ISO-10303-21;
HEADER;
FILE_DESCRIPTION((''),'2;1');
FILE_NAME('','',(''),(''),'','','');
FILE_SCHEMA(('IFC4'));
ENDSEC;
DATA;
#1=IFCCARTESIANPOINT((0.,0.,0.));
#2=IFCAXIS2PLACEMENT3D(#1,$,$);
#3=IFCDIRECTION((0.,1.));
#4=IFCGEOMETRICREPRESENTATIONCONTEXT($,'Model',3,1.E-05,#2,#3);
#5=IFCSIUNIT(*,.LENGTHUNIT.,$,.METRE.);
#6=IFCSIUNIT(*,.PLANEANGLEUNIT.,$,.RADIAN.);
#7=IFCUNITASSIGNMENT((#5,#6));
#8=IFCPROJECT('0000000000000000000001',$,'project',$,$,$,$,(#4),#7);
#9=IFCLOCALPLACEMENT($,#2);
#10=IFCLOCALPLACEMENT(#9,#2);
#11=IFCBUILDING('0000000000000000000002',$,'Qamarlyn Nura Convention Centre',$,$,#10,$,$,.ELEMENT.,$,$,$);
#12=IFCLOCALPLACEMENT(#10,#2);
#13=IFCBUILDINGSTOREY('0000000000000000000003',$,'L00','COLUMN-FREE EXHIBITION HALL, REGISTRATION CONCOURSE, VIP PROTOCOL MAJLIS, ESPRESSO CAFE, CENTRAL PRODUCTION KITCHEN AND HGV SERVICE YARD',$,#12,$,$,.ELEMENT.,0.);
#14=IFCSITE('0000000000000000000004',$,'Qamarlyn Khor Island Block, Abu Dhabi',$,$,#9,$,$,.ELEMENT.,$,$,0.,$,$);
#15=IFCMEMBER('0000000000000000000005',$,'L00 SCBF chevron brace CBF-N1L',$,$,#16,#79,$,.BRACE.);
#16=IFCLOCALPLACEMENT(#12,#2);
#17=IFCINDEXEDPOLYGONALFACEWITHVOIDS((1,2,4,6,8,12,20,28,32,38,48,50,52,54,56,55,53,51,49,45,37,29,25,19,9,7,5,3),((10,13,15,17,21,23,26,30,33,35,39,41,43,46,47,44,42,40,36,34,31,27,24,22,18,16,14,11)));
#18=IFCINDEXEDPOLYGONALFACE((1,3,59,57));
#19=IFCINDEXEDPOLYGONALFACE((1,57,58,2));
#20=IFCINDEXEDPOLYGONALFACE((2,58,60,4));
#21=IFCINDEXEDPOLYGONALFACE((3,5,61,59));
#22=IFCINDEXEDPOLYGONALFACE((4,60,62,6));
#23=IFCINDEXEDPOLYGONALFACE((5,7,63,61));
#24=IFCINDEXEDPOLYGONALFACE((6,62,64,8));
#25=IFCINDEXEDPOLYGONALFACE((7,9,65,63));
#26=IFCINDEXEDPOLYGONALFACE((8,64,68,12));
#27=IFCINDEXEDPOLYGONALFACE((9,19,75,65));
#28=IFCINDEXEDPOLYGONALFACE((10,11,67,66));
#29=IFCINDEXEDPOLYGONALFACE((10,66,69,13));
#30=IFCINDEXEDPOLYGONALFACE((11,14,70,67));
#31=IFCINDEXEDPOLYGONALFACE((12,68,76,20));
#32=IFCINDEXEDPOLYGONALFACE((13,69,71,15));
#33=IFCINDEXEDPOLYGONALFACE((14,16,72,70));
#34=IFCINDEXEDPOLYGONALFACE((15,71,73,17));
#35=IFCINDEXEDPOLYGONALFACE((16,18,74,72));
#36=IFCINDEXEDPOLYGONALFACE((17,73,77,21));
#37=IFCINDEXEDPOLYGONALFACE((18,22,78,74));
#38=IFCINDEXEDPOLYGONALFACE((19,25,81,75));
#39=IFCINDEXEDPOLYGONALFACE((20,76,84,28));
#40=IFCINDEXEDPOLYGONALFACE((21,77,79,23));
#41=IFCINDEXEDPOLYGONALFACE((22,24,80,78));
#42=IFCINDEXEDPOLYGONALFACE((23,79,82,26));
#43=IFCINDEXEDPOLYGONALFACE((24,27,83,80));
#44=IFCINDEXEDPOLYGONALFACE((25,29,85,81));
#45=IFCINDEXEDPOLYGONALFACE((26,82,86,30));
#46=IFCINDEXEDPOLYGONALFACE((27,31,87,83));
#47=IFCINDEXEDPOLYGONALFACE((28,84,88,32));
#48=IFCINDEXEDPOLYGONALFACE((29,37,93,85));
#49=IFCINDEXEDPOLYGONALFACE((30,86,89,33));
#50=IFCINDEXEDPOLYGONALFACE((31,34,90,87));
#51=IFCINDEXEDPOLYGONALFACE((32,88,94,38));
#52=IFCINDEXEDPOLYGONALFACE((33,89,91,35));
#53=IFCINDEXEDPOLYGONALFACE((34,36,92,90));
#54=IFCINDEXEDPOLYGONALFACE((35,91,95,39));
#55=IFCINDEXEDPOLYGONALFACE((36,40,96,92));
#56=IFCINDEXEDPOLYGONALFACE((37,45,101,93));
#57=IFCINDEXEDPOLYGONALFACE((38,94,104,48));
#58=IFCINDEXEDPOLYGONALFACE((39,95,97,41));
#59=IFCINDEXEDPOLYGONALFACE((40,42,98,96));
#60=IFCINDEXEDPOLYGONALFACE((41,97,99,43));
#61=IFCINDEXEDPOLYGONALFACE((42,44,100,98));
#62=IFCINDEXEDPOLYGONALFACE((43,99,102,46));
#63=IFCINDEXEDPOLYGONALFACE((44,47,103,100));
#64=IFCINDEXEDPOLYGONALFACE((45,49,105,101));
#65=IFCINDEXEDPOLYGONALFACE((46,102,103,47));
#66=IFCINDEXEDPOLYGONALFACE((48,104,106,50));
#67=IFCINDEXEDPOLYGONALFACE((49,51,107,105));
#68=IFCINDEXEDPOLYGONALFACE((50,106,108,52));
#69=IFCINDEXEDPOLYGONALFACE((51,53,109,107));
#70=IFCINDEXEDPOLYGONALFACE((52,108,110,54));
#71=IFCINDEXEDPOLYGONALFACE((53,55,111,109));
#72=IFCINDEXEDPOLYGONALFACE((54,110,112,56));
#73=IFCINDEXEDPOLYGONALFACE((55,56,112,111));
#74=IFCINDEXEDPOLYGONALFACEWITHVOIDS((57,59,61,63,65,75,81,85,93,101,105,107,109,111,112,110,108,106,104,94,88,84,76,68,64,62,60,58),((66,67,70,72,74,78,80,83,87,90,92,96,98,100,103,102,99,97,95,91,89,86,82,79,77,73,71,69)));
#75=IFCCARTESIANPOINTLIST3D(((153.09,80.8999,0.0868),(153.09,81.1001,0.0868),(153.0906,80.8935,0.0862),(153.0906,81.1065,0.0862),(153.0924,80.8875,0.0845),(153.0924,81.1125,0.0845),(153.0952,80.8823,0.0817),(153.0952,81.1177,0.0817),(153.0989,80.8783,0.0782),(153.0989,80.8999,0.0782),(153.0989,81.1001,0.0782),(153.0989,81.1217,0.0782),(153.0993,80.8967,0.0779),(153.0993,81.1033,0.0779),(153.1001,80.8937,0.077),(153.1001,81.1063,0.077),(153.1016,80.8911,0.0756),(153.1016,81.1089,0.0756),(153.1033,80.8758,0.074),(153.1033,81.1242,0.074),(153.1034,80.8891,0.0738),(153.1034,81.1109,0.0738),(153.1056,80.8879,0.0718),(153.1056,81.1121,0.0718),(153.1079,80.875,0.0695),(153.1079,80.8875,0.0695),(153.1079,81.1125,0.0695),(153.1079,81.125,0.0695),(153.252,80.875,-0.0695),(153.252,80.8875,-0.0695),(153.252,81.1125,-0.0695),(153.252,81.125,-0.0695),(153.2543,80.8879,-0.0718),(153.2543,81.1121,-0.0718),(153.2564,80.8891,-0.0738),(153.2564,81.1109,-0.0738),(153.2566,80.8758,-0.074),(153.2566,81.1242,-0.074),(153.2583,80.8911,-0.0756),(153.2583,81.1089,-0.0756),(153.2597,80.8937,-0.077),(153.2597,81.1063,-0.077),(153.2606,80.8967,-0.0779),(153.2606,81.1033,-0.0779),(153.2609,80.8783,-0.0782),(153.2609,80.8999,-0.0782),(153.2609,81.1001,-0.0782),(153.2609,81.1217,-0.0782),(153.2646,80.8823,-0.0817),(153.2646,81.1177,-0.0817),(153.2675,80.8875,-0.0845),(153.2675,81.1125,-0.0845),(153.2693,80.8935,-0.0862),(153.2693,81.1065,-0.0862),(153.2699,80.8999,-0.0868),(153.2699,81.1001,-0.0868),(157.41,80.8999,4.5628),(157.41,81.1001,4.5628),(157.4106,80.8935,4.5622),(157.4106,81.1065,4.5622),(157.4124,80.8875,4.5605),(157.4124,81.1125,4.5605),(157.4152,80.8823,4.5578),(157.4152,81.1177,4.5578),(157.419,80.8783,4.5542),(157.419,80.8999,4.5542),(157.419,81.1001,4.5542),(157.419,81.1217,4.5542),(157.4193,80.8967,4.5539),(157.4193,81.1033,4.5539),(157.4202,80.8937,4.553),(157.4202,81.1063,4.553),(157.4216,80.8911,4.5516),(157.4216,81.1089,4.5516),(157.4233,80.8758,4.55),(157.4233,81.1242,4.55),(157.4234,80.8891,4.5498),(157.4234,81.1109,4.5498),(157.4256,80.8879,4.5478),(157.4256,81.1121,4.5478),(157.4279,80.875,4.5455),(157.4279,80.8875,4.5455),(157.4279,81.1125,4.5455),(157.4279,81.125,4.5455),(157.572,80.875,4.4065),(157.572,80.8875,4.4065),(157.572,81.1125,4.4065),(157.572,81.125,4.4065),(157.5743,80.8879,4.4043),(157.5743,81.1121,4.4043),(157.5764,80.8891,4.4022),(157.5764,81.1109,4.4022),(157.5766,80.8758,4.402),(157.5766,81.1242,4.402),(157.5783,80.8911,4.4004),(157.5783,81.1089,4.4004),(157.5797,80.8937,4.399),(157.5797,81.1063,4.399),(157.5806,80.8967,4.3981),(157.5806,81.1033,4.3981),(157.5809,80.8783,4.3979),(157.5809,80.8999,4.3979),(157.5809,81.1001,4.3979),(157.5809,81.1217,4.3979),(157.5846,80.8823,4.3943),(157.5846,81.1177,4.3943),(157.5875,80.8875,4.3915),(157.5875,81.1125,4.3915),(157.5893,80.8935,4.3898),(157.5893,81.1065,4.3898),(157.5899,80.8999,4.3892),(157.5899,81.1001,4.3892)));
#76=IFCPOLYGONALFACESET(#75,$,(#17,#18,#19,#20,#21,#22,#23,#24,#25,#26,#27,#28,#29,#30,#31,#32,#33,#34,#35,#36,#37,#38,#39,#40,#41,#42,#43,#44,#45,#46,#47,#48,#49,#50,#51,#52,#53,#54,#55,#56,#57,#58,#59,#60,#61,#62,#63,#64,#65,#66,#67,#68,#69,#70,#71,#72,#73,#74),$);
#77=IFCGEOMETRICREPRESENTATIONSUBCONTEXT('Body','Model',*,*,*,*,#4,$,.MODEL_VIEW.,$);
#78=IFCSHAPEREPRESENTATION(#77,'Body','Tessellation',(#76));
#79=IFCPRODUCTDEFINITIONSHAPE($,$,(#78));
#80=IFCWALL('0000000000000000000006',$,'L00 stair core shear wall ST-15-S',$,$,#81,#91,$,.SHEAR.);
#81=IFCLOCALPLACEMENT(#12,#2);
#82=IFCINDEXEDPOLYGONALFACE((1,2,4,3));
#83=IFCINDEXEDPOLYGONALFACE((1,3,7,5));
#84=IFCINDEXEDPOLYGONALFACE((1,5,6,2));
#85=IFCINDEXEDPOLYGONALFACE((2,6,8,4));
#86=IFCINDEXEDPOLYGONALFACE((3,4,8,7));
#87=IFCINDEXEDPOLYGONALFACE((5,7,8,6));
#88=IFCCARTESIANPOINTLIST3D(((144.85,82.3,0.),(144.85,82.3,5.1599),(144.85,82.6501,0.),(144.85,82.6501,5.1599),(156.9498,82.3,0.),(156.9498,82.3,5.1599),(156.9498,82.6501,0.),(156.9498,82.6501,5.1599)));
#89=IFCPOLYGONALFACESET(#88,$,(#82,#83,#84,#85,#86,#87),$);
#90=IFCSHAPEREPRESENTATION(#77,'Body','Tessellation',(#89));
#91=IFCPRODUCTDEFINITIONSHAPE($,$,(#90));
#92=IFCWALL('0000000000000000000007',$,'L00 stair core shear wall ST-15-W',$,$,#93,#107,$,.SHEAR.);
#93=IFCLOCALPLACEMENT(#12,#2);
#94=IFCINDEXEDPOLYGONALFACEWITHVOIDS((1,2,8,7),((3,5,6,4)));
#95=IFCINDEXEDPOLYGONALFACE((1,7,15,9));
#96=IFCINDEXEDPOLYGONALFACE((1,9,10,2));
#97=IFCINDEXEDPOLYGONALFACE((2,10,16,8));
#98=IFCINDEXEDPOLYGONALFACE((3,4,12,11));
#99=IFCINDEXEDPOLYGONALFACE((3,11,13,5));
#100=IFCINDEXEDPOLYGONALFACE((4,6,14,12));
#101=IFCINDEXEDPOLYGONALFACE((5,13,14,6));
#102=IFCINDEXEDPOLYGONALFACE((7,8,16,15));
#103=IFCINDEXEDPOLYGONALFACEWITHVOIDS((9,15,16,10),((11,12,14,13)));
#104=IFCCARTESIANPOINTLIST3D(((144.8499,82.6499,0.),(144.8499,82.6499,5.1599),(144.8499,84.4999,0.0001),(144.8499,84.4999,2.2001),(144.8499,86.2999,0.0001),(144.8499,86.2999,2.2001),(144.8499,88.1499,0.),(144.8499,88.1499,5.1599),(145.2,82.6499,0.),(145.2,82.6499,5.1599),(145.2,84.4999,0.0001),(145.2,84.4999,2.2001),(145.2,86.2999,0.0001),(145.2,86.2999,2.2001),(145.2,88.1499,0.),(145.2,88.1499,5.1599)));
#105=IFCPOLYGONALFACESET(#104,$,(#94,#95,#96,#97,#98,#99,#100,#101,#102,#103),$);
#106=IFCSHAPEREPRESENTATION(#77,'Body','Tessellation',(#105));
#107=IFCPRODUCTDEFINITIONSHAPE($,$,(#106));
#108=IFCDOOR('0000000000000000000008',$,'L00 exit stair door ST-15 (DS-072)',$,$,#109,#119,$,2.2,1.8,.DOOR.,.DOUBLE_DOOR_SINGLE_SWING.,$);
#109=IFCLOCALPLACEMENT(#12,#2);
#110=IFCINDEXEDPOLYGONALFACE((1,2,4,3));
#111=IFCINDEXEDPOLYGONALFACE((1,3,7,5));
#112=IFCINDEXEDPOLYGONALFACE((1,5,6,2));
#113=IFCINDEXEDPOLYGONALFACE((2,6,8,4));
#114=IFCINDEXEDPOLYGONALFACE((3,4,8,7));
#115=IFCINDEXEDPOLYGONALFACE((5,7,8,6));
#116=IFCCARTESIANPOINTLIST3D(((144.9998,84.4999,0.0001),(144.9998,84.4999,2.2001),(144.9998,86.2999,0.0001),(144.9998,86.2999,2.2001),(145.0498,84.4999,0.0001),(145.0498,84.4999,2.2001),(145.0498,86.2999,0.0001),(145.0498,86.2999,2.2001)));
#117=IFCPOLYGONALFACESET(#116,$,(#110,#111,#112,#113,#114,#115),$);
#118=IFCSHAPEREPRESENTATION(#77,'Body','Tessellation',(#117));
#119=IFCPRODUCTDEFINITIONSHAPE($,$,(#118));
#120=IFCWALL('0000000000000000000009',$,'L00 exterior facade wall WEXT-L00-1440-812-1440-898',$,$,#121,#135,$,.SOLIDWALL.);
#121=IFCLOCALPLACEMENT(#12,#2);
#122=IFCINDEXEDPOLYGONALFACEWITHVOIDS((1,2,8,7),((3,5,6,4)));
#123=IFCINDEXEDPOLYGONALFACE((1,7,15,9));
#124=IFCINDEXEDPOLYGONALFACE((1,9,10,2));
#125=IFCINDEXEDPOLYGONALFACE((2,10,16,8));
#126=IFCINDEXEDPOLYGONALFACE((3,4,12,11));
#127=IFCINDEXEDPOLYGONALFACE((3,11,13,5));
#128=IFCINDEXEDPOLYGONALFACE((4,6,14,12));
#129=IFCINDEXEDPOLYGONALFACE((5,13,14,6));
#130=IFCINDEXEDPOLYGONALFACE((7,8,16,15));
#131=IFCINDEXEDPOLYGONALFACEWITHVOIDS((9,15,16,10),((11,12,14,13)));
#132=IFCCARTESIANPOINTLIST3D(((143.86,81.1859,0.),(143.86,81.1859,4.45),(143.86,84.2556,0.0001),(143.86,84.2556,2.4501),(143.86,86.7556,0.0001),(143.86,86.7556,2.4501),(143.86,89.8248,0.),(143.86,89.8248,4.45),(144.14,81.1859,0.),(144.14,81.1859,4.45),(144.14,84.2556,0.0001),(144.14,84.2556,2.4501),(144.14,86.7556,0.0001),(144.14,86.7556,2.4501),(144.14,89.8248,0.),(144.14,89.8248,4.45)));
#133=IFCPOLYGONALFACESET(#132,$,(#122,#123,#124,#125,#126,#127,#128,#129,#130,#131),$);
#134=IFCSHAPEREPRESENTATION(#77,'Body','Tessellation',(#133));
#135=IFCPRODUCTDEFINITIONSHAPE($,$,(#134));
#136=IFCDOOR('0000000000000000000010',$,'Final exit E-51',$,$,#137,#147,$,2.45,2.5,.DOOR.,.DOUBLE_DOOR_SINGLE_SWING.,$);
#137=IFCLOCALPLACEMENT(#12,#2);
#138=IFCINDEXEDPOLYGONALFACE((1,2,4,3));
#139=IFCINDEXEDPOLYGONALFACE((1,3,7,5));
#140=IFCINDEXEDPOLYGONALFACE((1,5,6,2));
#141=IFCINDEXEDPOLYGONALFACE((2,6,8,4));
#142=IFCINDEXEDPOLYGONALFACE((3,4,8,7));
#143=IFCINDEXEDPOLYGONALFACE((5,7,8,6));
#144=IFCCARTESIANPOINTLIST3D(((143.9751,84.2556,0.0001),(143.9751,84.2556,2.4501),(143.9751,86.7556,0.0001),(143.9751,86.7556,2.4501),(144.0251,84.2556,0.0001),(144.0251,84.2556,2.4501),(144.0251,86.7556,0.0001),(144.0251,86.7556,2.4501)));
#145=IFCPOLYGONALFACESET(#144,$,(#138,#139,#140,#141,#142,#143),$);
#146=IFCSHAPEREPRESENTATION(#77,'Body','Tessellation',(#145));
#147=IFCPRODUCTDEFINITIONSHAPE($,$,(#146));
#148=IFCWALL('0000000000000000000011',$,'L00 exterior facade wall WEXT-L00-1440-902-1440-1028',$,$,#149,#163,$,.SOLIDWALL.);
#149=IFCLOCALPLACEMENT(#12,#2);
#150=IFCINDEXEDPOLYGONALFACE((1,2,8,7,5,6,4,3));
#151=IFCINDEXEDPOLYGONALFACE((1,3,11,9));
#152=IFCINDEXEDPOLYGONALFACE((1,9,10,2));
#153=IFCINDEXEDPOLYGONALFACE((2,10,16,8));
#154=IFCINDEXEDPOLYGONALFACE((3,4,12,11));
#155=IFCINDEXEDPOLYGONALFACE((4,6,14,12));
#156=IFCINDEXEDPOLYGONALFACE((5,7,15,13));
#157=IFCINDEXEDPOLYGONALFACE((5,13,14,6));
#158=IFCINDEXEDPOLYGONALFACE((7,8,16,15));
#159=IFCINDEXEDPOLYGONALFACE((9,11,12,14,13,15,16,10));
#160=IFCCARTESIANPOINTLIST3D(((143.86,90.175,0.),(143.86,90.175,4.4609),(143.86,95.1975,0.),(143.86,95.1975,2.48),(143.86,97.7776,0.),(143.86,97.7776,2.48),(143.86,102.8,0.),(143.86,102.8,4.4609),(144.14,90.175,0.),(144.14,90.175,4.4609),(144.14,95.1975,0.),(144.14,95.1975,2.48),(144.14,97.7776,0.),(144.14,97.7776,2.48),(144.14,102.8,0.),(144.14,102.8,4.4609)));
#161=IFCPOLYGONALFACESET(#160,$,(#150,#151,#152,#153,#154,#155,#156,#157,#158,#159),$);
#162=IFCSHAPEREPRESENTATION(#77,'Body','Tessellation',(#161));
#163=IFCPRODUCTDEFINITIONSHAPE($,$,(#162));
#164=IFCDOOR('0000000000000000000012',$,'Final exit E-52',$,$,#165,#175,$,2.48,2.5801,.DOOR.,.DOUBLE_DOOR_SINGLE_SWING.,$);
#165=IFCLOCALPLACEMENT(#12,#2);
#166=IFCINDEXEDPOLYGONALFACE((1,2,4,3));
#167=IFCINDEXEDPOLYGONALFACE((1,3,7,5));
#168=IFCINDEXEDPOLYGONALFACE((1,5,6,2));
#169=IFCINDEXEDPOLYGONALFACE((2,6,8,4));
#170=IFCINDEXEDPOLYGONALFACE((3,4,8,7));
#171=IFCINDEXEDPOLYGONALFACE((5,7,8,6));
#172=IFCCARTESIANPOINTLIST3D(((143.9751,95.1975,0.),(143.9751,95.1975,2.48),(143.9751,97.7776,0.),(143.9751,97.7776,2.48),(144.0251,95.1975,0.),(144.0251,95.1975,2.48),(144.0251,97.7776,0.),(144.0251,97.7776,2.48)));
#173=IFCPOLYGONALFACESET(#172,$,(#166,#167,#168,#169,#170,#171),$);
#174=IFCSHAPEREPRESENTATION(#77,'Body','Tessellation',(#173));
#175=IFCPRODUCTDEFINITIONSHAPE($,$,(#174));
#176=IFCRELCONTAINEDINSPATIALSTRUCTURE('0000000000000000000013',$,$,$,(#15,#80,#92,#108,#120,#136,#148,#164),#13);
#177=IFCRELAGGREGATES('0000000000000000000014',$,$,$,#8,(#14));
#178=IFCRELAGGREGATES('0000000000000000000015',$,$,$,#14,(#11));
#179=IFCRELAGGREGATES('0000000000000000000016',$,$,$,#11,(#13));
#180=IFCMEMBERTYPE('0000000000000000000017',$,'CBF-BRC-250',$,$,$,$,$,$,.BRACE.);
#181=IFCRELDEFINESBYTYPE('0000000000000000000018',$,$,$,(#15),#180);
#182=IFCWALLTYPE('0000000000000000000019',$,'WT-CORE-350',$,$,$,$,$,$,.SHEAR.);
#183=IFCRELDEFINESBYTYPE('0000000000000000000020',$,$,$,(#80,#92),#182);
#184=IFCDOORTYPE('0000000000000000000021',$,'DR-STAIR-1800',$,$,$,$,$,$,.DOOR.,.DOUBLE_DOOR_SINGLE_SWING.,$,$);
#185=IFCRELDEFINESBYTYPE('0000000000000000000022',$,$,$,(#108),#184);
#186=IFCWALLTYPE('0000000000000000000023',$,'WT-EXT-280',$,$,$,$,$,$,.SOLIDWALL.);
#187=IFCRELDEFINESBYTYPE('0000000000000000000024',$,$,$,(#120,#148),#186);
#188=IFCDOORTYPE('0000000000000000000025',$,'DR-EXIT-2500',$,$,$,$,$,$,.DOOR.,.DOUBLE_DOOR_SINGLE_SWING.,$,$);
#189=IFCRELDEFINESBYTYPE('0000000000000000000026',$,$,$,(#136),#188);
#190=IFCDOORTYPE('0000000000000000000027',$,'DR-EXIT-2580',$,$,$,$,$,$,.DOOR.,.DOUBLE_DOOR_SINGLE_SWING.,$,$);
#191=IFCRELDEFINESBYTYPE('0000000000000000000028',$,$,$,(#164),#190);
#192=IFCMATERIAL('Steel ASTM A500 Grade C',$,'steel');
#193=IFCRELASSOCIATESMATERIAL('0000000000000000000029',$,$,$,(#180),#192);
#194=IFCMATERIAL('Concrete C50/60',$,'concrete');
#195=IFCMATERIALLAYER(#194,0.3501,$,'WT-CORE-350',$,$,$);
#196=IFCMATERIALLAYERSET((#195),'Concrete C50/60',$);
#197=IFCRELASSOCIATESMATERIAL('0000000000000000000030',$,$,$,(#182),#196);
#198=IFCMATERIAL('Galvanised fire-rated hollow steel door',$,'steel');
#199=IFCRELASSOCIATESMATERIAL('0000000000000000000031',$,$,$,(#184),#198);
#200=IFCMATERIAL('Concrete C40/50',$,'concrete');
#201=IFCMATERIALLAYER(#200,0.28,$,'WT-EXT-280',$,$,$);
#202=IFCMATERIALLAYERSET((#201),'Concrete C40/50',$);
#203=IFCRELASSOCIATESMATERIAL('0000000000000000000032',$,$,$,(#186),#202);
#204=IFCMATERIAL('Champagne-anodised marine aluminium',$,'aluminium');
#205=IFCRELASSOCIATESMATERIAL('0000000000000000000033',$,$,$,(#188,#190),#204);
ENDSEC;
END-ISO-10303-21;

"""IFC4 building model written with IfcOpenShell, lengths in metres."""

from ifc_helpers import new_model, si_unit, direction, frame, frame_2d, origin, origin_2d, place, context, subcontext, project, spatial, rectangle, hollow_rectangle, extrude, material, layer, layer_set, material_profile, profile_set, type_object, element, fill, save


model = new_model("IFC4")

# Units and contexts
model_context = context("Model", 3, precision=1e-05, world=origin(), true_north=direction((0.0, 1.0)))
body_context = subcontext(model_context, "Body", "Model", "MODEL_VIEW")
ifc_project = project(units=[si_unit("LENGTHUNIT", "METRE"), si_unit("PLANEANGLEUNIT", "RADIAN")], contexts=[model_context])

# Site, building, storey
site_placement = place(None, origin())
site = spatial("IfcSite", under=ifc_project, at=site_placement, Name="Qamarlyn Khor Island Block, Abu Dhabi", CompositionType="ELEMENT", RefElevation=0.0)
building_placement = place(site_placement, origin())
building = spatial("IfcBuilding", under=site, at=building_placement, Name="Qamarlyn Nura Convention Centre", CompositionType="ELEMENT")
storey_placement = place(building_placement, origin())
storey = spatial("IfcBuildingStorey", under=building, at=storey_placement, Name="L00", Description="COLUMN-FREE EXHIBITION HALL, REGISTRATION CONCOURSE, VIP PROTOCOL MAJLIS, ESPRESSO CAFE, CENTRAL PRODUCTION KITCHEN AND HGV SERVICE YARD", CompositionType="ELEMENT", Elevation=0.0)

# Shared definitions
ifc_material_1 = material(Name="Steel ASTM A500 Grade C", Category="steel")
ifc_material_2 = material(Name="Concrete C50/60", Category="concrete")

# Member
ifc_material_profile_1 = material_profile(ifc_material_1, hollow_rectangle(XDim=0.25, YDim=0.25, WallThickness=0.0125, InnerFilletRadius=0.0125, OuterFilletRadius=0.0249, at=origin_2d()), Name="HSS250X250X12.5")
ifc_profile_set_1 = profile_set([ifc_material_profile_1], Name="Steel ASTM A500 Grade C")
member_type = type_object("IfcMemberType", Name="CBF-BRC-250", PredefinedType="BRACE", material=ifc_profile_set_1)
member_placement = place(storey_placement, frame((153.1799, 81.0, 0.0), z_axis=(0.694457, 0.0, 0.719535), x_axis=(0.0, 1.0, 0.0)))
element("IfcMember", 1, at=member_placement, inside=storey, type_object=member_type, Name="L00 SCBF chevron brace CBF-N1L", PredefinedType="BRACE", context=body_context, shape_type="SweptSolid", body=[
    extrude(hollow_rectangle(XDim=0.25, YDim=0.25, WallThickness=0.0125, InnerFilletRadius=0.0125, OuterFilletRadius=0.0249, at=origin_2d()), origin(), (0.0, 0.0, 1.0), 6.2207),
])

# Wall
ifc_layer_1 = layer(ifc_material_2, 0.3501, Name="WT-CORE-350")
ifc_layer_set_1 = layer_set([ifc_layer_1], Name="Concrete C50/60")
wall_type_1 = type_object("IfcWallType", Name="WT-CORE-350", PredefinedType="SHEAR", material=ifc_layer_set_1)
wall_1_placement = place(storey_placement, frame((144.8501, 82.4751, 0.0), z_axis=(0.0, 0.0, 1.0), x_axis=(1.0, 0.0, 0.0)))
element("IfcWall", 2, at=wall_1_placement, inside=storey, type_object=wall_type_1, Name="L00 stair core shear wall ST-15-S", PredefinedType="SHEAR", context=body_context, shape_type="SweptSolid", body=[
    extrude(rectangle(XDim=12.0999, YDim=0.3501, at=frame_2d((6.0498, 0.0))), origin(), (0.0, 0.0, 1.0), 5.1599),
])

# Walls, openings, doors
wall_2_placement = place(storey_placement, frame((145.0249, 88.1499, 0.0), z_axis=(0.0, 0.0, 1.0), x_axis=(0.0, -1.0, 0.0)))
wall_2 = element("IfcWall", 3, at=wall_2_placement, inside=storey, type_object=wall_type_1, Name="L00 stair core shear wall ST-15-W", PredefinedType="SHEAR", context=body_context, shape_type="SweptSolid", body=[
    extrude(rectangle(XDim=5.5, YDim=0.3501, at=frame_2d((2.75, 0.0))), origin(), (0.0, 0.0, 1.0), 5.1599),
])
opening_1_placement = place(wall_2_placement, frame((1.8501, 0.0, 0.0)))
opening_1 = element("IfcOpeningElement", 4, at=opening_1_placement, cuts=wall_2, PredefinedType="OPENING", context=body_context, shape_type="SweptSolid", body=[
    extrude(rectangle(XDim=1.8, YDim=2.2, at=frame_2d((0.8999, 1.1001))), frame((0.0, 0.1851, 0.0), z_axis=(0.0, -1.0, 0.0), x_axis=(1.0, 0.0, 0.0)), (0.0, 0.0, 1.0), 0.3701),
])
ifc_material_3 = material(Name="Galvanised fire-rated hollow steel door", Category="steel")
door_type_1 = type_object("IfcDoorType", Name="DR-STAIR-1800", OperationType="DOUBLE_DOOR_SINGLE_SWING", PredefinedType="DOOR", material=ifc_material_3)
door_1_placement = place(opening_1_placement, origin())
door_1 = element("IfcDoor", 5, at=door_1_placement, inside=storey, type_object=door_type_1, Name="L00 exit stair door ST-15 (DS-072)", OperationType="DOUBLE_DOOR_SINGLE_SWING", OverallHeight=2.2, OverallWidth=1.8, PredefinedType="DOOR", context=body_context, shape_type="SweptSolid", body=[
    extrude(rectangle(XDim=1.8, YDim=2.2, at=frame_2d((0.8999, 1.1001))), frame((0.0, 0.0249, 0.0), z_axis=(0.0, -1.0, 0.0), x_axis=(1.0, 0.0, 0.0)), (0.0, 0.0, 1.0), 0.05),
])
fill(opening_1, door_1)
ifc_material_4 = material(Name="Concrete C40/50", Category="concrete")
ifc_layer_2 = layer(ifc_material_4, 0.28, Name="WT-EXT-280")
ifc_layer_set_2 = layer_set([ifc_layer_2], Name="Concrete C40/50")
wall_type_2 = type_object("IfcWallType", Name="WT-EXT-280", PredefinedType="SOLIDWALL", material=ifc_layer_set_2)
wall_3_placement = place(storey_placement, frame((144.0, 81.186, 0.0), z_axis=(0.0, 0.0, 1.0), x_axis=(0.0, 1.0, 0.0)))
wall_3 = element("IfcWall", 6, at=wall_3_placement, inside=storey, type_object=wall_type_2, Name="L00 exterior facade wall WEXT-L00-1440-812-1440-898", PredefinedType="SOLIDWALL", context=body_context, shape_type="SweptSolid", body=[
    extrude(rectangle(XDim=8.6389, YDim=0.28, at=frame_2d((4.3193, 0.0))), origin(), (0.0, 0.0, 1.0), 4.45),
])
opening_2_placement = place(wall_3_placement, frame((3.0696, 0.0, 0.0)))
opening_2 = element("IfcOpeningElement", 7, at=opening_2_placement, cuts=wall_3, PredefinedType="OPENING", context=body_context, shape_type="SweptSolid", body=[
    extrude(rectangle(XDim=2.5, YDim=2.45, at=frame_2d((1.25, 1.2251))), frame((0.0, 0.1499, 0.0), z_axis=(0.0, -1.0, 0.0), x_axis=(1.0, 0.0, 0.0)), (0.0, 0.0, 1.0), 0.3),
])
ifc_material_5 = material(Name="Champagne-anodised marine aluminium", Category="aluminium")
door_type_2 = type_object("IfcDoorType", Name="DR-EXIT-2500", OperationType="DOUBLE_DOOR_SINGLE_SWING", PredefinedType="DOOR", material=ifc_material_5)
door_2_placement = place(opening_2_placement, origin())
door_2 = element("IfcDoor", 8, at=door_2_placement, inside=storey, type_object=door_type_2, Name="Final exit E-51", OperationType="DOUBLE_DOOR_SINGLE_SWING", OverallHeight=2.45, OverallWidth=2.5, PredefinedType="DOOR", context=body_context, shape_type="SweptSolid", body=[
    extrude(rectangle(XDim=2.5, YDim=2.45, at=frame_2d((1.25, 1.2251))), frame((0.0, 0.0249, 0.0), z_axis=(0.0, -1.0, 0.0), x_axis=(1.0, 0.0, 0.0)), (0.0, 0.0, 1.0), 0.05),
])
fill(opening_2, door_2)
wall_4_placement = place(storey_placement, frame((144.0, 90.175, 0.0), z_axis=(0.0, 0.0, 1.0), x_axis=(0.0, 1.0, 0.0)))
wall_4 = element("IfcWall", 9, at=wall_4_placement, inside=storey, type_object=wall_type_2, Name="L00 exterior facade wall WEXT-L00-1440-902-1440-1028", PredefinedType="SOLIDWALL", context=body_context, shape_type="SweptSolid", body=[
    extrude(rectangle(XDim=12.625, YDim=0.28, at=frame_2d((6.3125, 0.0))), origin(), (0.0, 0.0, 1.0), 4.4609),
])
opening_3_placement = place(wall_4_placement, frame((5.0225, 0.0, 0.0)))
opening_3 = element("IfcOpeningElement", 10, at=opening_3_placement, cuts=wall_4, PredefinedType="OPENING", context=body_context, shape_type="SweptSolid", body=[
    extrude(rectangle(XDim=2.5801, YDim=2.48, at=frame_2d((1.29, 1.24))), frame((0.0, 0.1499, 0.0), z_axis=(0.0, -1.0, 0.0), x_axis=(1.0, 0.0, 0.0)), (0.0, 0.0, 1.0), 0.3),
])
door_type_3 = type_object("IfcDoorType", Name="DR-EXIT-2580", OperationType="DOUBLE_DOOR_SINGLE_SWING", PredefinedType="DOOR", material=ifc_material_5)
door_3_placement = place(opening_3_placement, origin())
door_3 = element("IfcDoor", 11, at=door_3_placement, inside=storey, type_object=door_type_3, Name="Final exit E-52", OperationType="DOUBLE_DOOR_SINGLE_SWING", OverallHeight=2.48, OverallWidth=2.5801, PredefinedType="DOOR", context=body_context, shape_type="SweptSolid", body=[
    extrude(rectangle(XDim=2.5801, YDim=2.48, at=frame_2d((1.29, 1.24))), frame((0.0, 0.0249, 0.0), z_axis=(0.0, -1.0, 0.0), x_axis=(1.0, 0.0, 0.0)), (0.0, 0.0, 1.0), 0.05),
])
fill(opening_3, door_3)

save(model, "model.ifc")
